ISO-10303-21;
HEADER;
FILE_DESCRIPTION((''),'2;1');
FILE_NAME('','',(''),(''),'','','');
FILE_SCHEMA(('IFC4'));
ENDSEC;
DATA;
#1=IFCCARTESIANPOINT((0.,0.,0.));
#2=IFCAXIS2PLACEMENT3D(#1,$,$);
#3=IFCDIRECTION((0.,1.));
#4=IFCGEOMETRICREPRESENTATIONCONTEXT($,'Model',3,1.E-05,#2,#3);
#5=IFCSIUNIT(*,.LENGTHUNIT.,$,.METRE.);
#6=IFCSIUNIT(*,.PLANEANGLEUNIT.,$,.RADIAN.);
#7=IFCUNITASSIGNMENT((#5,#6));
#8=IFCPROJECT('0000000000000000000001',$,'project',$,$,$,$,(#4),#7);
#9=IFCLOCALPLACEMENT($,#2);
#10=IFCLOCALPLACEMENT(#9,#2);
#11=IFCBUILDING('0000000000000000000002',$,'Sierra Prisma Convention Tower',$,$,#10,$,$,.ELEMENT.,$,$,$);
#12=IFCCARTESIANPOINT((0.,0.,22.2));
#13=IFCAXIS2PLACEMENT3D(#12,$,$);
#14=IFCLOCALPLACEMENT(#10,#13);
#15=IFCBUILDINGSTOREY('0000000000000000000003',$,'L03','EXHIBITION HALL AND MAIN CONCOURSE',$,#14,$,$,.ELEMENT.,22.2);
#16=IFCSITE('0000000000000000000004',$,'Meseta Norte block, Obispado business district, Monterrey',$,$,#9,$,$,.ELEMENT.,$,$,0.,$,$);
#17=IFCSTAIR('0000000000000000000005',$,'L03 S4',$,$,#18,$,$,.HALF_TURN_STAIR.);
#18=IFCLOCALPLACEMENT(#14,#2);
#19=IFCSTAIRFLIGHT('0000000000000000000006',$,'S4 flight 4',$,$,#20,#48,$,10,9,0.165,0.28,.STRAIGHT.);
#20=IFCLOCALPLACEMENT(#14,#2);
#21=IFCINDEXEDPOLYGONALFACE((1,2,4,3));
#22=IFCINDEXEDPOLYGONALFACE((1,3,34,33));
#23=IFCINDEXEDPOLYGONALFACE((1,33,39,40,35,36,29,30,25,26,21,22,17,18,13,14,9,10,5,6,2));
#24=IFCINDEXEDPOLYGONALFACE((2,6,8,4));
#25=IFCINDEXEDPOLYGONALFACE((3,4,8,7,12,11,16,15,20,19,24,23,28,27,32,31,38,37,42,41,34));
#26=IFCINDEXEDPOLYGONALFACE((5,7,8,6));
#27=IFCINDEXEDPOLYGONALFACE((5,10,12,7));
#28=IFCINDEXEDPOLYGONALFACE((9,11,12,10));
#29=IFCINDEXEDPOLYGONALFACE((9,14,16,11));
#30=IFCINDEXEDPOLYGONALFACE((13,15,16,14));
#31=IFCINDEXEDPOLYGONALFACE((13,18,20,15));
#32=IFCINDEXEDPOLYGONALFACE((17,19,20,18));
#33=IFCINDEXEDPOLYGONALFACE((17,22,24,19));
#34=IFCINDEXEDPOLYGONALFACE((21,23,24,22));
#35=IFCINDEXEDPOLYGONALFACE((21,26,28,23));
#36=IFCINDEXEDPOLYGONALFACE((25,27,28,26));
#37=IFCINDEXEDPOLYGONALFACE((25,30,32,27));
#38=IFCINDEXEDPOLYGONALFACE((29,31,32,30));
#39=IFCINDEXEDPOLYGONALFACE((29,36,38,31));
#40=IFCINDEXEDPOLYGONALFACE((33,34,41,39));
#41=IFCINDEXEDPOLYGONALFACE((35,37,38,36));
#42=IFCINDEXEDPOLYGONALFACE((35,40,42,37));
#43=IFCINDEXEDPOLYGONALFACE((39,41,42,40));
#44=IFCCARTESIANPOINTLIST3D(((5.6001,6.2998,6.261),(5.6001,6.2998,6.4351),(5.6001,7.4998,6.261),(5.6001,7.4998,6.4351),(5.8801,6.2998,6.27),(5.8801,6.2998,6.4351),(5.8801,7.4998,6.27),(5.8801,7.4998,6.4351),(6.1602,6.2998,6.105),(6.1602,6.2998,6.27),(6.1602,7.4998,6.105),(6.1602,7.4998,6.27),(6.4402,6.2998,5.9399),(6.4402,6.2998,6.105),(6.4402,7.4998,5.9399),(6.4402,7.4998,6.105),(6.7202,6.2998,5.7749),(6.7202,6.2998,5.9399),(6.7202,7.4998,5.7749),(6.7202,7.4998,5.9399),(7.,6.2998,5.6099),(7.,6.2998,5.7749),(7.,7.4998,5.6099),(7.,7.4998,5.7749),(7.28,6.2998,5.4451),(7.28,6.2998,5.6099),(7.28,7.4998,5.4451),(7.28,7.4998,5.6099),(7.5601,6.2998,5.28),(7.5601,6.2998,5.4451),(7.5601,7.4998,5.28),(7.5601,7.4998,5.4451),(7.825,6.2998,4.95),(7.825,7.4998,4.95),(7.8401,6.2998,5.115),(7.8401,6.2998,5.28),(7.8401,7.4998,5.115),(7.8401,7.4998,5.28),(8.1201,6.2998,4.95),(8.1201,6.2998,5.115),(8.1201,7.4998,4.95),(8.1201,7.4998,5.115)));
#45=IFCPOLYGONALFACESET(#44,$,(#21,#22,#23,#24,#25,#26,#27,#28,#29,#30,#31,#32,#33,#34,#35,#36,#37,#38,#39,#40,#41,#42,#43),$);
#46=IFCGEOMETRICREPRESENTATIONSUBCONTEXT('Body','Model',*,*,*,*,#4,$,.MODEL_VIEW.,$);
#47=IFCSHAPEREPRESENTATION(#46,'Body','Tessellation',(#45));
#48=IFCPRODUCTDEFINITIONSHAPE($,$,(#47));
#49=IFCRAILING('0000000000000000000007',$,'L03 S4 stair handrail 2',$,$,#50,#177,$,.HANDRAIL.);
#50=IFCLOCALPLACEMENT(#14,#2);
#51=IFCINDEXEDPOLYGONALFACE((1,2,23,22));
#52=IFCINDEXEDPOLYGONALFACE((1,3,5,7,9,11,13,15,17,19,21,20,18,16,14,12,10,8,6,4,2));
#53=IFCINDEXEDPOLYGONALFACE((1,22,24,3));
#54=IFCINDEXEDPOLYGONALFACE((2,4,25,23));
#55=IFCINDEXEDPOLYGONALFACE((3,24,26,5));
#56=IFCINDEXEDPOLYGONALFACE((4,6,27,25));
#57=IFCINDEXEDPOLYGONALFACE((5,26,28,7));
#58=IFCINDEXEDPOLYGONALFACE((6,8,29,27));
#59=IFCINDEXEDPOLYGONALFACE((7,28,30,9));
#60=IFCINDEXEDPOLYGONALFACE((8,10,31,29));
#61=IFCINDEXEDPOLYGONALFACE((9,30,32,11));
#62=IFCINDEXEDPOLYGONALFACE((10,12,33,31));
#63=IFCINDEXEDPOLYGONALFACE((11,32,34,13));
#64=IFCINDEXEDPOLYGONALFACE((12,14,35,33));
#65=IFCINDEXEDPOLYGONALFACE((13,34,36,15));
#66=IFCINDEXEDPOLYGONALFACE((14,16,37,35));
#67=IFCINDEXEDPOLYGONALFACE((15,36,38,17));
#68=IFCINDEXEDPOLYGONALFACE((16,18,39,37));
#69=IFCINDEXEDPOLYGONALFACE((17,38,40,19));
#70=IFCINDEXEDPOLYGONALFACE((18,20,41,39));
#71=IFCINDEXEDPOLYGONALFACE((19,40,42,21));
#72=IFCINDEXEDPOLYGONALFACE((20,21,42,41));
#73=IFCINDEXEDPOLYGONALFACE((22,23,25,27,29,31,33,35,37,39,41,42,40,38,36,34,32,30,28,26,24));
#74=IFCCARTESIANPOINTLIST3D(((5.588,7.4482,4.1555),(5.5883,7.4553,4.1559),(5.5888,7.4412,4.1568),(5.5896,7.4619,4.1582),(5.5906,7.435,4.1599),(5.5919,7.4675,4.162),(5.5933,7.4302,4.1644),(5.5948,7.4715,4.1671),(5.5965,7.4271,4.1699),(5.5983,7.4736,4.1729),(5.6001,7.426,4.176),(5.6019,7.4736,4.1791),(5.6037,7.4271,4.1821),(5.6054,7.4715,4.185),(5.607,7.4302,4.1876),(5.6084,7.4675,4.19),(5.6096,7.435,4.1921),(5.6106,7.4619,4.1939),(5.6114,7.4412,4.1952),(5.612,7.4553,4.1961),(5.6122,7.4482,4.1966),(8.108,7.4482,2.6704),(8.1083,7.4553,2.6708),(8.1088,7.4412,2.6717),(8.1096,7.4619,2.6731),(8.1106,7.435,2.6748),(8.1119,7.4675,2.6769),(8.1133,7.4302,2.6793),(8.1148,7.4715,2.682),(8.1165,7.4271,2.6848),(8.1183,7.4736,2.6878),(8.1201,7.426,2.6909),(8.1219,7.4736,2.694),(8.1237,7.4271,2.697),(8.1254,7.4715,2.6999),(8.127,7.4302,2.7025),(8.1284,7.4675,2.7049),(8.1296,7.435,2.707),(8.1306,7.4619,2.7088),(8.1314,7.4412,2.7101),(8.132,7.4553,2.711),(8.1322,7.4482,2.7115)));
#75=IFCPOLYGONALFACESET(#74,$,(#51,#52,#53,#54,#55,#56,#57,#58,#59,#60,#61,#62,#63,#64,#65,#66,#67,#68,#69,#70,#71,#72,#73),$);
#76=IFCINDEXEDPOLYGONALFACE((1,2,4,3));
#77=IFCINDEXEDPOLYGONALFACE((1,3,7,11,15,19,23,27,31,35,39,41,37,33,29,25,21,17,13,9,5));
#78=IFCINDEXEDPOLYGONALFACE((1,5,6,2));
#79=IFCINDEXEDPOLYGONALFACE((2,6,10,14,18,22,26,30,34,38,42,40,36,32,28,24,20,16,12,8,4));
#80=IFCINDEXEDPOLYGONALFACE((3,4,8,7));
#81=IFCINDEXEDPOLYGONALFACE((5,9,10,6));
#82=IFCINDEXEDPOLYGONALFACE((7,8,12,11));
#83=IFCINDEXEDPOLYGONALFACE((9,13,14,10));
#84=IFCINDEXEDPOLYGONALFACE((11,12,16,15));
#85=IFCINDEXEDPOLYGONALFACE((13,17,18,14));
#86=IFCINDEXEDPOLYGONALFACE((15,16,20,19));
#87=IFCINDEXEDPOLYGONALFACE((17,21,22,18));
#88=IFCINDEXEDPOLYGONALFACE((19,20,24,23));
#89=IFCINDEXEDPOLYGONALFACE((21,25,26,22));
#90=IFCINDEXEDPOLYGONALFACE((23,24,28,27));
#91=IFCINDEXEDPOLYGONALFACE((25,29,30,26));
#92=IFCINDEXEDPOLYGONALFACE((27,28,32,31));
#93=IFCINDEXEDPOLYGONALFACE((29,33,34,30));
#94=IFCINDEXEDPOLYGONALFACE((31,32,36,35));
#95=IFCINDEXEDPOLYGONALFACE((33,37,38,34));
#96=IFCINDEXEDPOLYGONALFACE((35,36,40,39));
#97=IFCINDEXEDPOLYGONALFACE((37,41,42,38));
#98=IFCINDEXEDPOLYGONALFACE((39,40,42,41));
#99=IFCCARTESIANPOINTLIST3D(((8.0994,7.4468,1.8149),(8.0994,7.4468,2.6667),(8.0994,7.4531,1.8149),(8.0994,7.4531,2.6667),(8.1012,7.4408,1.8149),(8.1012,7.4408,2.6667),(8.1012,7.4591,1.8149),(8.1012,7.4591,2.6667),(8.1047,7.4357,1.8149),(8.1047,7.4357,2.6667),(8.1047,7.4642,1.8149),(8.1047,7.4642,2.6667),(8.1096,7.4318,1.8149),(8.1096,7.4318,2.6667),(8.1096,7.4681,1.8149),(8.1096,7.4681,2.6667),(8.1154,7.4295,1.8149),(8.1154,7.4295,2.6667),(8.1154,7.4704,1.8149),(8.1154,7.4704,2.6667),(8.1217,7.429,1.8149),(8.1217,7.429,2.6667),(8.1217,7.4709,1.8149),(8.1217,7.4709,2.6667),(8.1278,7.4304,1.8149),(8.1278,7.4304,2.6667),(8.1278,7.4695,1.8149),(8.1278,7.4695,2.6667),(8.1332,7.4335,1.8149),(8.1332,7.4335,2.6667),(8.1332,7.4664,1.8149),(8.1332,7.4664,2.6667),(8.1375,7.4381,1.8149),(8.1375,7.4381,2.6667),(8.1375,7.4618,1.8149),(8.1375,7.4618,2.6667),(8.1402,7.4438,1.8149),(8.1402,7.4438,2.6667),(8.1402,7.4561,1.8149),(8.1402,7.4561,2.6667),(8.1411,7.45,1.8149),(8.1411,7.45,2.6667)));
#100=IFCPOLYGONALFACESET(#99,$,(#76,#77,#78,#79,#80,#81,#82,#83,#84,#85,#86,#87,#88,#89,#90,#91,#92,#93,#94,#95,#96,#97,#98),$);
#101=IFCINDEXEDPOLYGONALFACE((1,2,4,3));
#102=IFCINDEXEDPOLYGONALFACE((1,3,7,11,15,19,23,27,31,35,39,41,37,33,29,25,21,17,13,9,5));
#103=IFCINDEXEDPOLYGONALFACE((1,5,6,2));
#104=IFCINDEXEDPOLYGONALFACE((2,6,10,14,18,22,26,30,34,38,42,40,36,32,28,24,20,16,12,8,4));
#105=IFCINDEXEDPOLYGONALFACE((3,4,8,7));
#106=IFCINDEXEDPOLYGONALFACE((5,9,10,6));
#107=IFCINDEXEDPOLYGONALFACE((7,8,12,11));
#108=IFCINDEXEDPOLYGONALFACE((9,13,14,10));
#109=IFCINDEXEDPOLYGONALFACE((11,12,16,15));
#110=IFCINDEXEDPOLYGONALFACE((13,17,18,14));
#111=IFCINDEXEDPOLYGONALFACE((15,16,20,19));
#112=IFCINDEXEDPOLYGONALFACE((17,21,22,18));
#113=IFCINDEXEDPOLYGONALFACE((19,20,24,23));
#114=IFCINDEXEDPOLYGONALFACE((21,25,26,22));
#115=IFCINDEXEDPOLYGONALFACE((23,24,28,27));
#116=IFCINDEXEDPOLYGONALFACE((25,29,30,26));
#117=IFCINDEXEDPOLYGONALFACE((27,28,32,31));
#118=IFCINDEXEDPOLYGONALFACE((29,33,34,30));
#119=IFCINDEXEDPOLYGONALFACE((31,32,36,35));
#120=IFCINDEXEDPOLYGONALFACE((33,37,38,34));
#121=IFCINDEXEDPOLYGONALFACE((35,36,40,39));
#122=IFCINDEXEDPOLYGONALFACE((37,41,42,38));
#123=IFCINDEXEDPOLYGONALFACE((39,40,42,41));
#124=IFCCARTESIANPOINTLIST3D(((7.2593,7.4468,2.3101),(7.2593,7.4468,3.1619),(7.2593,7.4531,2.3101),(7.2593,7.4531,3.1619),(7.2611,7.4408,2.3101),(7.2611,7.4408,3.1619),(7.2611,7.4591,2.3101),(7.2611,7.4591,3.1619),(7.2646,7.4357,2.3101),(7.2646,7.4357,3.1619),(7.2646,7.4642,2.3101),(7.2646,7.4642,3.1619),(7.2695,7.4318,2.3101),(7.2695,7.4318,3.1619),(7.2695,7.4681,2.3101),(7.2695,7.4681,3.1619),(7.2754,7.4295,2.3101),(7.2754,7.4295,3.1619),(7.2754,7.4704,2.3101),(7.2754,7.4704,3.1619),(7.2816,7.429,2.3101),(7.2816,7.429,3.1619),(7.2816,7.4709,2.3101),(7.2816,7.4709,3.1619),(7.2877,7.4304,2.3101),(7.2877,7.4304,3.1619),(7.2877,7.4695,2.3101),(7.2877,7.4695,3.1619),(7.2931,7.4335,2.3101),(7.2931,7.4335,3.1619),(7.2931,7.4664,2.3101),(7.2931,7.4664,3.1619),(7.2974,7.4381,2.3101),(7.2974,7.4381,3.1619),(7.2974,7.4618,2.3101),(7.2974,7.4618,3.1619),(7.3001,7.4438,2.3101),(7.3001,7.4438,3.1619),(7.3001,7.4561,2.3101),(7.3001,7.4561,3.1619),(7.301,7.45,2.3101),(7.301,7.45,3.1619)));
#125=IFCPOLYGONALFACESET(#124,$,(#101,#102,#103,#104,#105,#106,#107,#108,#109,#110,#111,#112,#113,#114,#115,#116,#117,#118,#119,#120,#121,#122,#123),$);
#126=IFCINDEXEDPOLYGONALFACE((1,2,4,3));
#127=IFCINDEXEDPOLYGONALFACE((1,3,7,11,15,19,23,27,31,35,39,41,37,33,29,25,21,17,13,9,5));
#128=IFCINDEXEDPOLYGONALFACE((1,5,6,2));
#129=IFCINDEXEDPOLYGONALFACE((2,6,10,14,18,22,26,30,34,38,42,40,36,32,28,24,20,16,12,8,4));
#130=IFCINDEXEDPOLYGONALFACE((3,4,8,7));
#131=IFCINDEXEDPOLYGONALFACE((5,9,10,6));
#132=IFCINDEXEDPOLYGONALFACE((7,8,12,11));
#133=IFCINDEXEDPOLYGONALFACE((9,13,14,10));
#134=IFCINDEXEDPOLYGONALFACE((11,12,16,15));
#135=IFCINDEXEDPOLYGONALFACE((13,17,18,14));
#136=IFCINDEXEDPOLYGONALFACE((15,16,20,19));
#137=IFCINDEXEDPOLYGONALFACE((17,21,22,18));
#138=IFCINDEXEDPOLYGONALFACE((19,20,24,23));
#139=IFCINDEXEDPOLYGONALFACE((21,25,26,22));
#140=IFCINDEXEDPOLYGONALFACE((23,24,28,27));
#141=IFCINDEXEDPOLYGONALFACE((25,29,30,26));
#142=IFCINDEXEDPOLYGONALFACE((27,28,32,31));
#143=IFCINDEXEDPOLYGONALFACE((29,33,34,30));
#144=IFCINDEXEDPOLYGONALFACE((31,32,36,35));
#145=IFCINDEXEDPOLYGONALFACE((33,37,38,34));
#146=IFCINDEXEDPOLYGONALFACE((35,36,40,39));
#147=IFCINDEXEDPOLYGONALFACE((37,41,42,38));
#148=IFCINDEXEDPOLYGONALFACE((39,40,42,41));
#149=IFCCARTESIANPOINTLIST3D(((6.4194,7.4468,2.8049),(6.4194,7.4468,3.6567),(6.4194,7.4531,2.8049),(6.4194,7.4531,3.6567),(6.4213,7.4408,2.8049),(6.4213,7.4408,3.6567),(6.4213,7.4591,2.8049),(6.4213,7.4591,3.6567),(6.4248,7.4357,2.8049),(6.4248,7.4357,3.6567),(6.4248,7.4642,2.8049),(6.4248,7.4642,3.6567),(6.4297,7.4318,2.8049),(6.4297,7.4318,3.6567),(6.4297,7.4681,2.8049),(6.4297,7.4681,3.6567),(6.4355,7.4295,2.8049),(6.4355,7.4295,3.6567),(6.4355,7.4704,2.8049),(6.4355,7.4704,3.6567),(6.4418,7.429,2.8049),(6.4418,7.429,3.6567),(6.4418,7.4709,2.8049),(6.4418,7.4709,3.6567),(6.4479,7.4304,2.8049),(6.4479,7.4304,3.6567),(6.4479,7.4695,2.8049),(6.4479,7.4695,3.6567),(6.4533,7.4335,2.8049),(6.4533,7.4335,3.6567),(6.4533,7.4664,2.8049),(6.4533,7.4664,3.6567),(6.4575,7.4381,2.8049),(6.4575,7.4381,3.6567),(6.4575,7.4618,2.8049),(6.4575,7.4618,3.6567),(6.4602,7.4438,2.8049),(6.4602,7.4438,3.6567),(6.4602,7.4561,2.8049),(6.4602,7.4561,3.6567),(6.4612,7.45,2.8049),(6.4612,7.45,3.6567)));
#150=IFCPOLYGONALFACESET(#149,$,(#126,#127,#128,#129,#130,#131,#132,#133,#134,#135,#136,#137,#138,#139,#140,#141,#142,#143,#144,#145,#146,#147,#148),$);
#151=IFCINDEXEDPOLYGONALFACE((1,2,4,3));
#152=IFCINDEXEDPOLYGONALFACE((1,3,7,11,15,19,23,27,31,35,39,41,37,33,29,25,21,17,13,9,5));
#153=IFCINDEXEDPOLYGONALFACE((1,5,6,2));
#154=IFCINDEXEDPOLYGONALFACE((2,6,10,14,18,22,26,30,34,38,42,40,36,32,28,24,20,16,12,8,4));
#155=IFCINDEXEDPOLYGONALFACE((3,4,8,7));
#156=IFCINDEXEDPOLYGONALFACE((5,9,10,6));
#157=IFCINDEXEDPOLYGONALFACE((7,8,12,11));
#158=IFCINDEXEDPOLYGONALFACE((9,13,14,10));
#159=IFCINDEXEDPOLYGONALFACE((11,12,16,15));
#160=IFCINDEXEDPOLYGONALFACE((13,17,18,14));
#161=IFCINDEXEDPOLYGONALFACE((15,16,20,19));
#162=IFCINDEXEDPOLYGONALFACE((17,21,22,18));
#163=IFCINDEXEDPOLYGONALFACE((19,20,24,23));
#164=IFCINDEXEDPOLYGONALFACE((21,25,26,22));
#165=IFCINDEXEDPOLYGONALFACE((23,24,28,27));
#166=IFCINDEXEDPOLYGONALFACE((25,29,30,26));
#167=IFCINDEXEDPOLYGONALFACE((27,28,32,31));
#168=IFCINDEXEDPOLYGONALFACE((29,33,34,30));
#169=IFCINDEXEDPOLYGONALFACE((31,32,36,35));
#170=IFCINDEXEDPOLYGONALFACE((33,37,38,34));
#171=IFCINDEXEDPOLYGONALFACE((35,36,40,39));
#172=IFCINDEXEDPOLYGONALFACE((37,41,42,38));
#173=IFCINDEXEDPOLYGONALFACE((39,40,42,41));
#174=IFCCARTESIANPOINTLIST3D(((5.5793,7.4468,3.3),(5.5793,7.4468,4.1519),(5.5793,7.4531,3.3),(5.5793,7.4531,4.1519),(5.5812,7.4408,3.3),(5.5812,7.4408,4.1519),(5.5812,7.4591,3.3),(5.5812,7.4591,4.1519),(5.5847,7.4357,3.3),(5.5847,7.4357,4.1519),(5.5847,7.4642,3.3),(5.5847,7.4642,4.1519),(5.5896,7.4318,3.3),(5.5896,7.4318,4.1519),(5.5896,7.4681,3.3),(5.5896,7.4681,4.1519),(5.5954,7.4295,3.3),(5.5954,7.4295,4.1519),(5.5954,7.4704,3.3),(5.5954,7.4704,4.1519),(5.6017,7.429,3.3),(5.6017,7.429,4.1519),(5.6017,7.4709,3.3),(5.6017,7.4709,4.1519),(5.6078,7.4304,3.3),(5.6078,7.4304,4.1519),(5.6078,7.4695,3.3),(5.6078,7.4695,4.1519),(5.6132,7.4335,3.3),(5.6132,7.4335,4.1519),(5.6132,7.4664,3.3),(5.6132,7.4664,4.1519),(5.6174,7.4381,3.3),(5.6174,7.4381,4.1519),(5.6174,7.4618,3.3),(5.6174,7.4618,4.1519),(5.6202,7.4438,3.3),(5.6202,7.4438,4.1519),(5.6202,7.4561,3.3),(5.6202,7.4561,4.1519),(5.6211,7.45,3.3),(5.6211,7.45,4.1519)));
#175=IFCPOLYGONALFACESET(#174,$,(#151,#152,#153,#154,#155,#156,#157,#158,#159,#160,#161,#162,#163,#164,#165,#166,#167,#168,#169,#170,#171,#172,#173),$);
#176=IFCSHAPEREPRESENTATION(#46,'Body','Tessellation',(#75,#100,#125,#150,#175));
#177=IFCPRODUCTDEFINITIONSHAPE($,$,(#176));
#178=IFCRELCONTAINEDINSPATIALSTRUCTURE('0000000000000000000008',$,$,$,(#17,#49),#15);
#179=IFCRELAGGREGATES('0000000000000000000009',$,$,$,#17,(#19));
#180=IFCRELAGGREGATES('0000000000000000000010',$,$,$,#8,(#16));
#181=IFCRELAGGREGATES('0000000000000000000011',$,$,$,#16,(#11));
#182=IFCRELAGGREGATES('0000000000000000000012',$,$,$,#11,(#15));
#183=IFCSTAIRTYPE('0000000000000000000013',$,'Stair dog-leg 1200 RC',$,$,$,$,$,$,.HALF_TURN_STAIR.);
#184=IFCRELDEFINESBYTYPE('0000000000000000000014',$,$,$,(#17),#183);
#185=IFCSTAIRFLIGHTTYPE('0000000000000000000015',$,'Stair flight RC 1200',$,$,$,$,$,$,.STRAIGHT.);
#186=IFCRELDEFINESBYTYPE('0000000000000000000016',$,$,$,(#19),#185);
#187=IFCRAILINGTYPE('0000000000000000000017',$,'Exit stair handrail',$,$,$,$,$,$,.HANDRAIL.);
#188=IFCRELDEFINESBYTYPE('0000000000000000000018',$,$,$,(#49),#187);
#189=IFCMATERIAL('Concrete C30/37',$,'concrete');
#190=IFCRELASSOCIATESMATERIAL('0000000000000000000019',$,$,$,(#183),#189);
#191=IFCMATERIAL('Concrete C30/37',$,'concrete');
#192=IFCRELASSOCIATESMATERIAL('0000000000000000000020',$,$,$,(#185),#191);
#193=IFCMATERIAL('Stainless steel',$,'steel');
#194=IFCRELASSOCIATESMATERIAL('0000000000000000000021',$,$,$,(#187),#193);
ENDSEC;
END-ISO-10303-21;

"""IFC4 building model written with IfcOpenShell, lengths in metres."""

from ifc_helpers import new_model, si_unit, direction, frame, origin, origin_2d, place, context, subcontext, project, spatial, polyline, circle, outline, extrude, material, type_object, element, aggregate, save


model = new_model("IFC4")

# Units and contexts
model_context = context("Model", 3, precision=1e-05, world=origin(), true_north=direction((0.0, 1.0)))
body_context = subcontext(model_context, "Body", "Model", "MODEL_VIEW")
ifc_project = project(units=[si_unit("LENGTHUNIT", "METRE"), si_unit("PLANEANGLEUNIT", "RADIAN")], contexts=[model_context])

# Site, building, storey
site_placement = place(None, origin())
site = spatial("IfcSite", under=ifc_project, at=site_placement, Name="Meseta Norte block, Obispado business district, Monterrey", CompositionType="ELEMENT", RefElevation=0.0)
building_placement = place(site_placement, origin())
building = spatial("IfcBuilding", under=site, at=building_placement, Name="Sierra Prisma Convention Tower", CompositionType="ELEMENT")
storey_placement = place(building_placement, frame((0.0, 0.0, 22.2)))
storey = spatial("IfcBuildingStorey", under=building, at=storey_placement, Name="L03", Description="EXHIBITION HALL AND MAIN CONCOURSE", CompositionType="ELEMENT", Elevation=22.2)

# Stair, stair flight
ifc_material_1 = material(Name="Concrete C30/37", Category="concrete")
stair_type = type_object("IfcStairType", Name="Stair dog-leg 1200 RC", PredefinedType="HALF_TURN_STAIR", material=ifc_material_1)
stair_placement = place(storey_placement, origin())
stair = element("IfcStair", 1, at=stair_placement, inside=storey, type_object=stair_type, Name="L03 S4", PredefinedType="HALF_TURN_STAIR")
ifc_material_2 = material(Name="Concrete C30/37", Category="concrete")
stair_flight_type = type_object("IfcStairFlightType", Name="Stair flight RC 1200", PredefinedType="STRAIGHT", material=ifc_material_2)
stair_flight_1_placement = place(storey_placement, frame((8.1201, 6.8999, 4.95), z_axis=(0.0, 0.0, 1.0), x_axis=(-1.0, 0.0, 0.0)))
stair_flight_1 = element("IfcStairFlight", 2, at=stair_flight_1_placement, type_object=stair_flight_type, Name="S4 flight 4", NumberOfRisers=10, NumberOfTreads=9, PredefinedType="STRAIGHT", RiserHeight=0.165, TreadLength=0.28, context=body_context, shape_type="SweptSolid", body=[
    extrude(outline(polyline([(0.0, 0.0), (0.0, 0.165), (0.28, 0.165), (0.28, 0.3301), (0.5601, 0.3301), (0.5601, 0.4951), (0.8401, 0.4951), (0.8401, 0.6599), (1.1201, 0.6599), (1.1201, 0.825), (1.3999, 0.825), (1.3999, 0.99), (1.6799, 0.99), (1.6799, 1.155), (1.96, 1.155), (1.96, 1.3201), (2.24, 1.3201), (2.24, 1.4851), (2.52, 1.4851), (2.52, 1.6499), (2.52, 1.311), (0.2952, 0.0), (0.0, 0.0)])), frame((0.0, 0.6001, 0.0), z_axis=(0.0, -1.0, 0.0), x_axis=(1.0, 0.0, 0.0)), (0.0, 0.0, 1.0), 1.2),
])
aggregate(stair, [stair_flight_1])

# Railing
ifc_material_3 = material(Name="Stainless steel", Category="steel")
railing_type = type_object("IfcRailingType", Name="Exit stair handrail", PredefinedType="HANDRAIL", material=ifc_material_3)
for number, where, name in (
    (3, (8.1201, 7.45, 1.8149), "L03 S4 stair handrail 2"),
):
    element("IfcRailing", number, at=place(storey_placement, frame(where)), inside=storey, type_object=railing_type, Name=name, PredefinedType="HANDRAIL", context=body_context, shape_type="SweptSolid", body=[
        extrude(circle(Radius=0.0239, at=origin_2d()), frame((0.0, 0.0, 0.876), z_axis=(-0.861524, 0.0, 0.507717), x_axis=(0.0, -1.0, 0.0)), (0.0, 0.0, 1.0), 2.925),
        extrude(circle(Radius=0.021, at=origin_2d()), origin(), (0.0, 0.0, 1.0), 0.8518),
        extrude(circle(Radius=0.021, at=origin_2d()), frame((-0.8401, 0.0, 0.4951)), (0.0, 0.0, 1.0), 0.8518),
        extrude(circle(Radius=0.021, at=origin_2d()), frame((-1.6799, 0.0, 0.99)), (0.0, 0.0, 1.0), 0.8518),
        extrude(circle(Radius=0.021, at=origin_2d()), frame((-2.52, 0.0, 1.4851)), (0.0, 0.0, 1.0), 0.8518),
    ])

save(model, "model.ifc")
